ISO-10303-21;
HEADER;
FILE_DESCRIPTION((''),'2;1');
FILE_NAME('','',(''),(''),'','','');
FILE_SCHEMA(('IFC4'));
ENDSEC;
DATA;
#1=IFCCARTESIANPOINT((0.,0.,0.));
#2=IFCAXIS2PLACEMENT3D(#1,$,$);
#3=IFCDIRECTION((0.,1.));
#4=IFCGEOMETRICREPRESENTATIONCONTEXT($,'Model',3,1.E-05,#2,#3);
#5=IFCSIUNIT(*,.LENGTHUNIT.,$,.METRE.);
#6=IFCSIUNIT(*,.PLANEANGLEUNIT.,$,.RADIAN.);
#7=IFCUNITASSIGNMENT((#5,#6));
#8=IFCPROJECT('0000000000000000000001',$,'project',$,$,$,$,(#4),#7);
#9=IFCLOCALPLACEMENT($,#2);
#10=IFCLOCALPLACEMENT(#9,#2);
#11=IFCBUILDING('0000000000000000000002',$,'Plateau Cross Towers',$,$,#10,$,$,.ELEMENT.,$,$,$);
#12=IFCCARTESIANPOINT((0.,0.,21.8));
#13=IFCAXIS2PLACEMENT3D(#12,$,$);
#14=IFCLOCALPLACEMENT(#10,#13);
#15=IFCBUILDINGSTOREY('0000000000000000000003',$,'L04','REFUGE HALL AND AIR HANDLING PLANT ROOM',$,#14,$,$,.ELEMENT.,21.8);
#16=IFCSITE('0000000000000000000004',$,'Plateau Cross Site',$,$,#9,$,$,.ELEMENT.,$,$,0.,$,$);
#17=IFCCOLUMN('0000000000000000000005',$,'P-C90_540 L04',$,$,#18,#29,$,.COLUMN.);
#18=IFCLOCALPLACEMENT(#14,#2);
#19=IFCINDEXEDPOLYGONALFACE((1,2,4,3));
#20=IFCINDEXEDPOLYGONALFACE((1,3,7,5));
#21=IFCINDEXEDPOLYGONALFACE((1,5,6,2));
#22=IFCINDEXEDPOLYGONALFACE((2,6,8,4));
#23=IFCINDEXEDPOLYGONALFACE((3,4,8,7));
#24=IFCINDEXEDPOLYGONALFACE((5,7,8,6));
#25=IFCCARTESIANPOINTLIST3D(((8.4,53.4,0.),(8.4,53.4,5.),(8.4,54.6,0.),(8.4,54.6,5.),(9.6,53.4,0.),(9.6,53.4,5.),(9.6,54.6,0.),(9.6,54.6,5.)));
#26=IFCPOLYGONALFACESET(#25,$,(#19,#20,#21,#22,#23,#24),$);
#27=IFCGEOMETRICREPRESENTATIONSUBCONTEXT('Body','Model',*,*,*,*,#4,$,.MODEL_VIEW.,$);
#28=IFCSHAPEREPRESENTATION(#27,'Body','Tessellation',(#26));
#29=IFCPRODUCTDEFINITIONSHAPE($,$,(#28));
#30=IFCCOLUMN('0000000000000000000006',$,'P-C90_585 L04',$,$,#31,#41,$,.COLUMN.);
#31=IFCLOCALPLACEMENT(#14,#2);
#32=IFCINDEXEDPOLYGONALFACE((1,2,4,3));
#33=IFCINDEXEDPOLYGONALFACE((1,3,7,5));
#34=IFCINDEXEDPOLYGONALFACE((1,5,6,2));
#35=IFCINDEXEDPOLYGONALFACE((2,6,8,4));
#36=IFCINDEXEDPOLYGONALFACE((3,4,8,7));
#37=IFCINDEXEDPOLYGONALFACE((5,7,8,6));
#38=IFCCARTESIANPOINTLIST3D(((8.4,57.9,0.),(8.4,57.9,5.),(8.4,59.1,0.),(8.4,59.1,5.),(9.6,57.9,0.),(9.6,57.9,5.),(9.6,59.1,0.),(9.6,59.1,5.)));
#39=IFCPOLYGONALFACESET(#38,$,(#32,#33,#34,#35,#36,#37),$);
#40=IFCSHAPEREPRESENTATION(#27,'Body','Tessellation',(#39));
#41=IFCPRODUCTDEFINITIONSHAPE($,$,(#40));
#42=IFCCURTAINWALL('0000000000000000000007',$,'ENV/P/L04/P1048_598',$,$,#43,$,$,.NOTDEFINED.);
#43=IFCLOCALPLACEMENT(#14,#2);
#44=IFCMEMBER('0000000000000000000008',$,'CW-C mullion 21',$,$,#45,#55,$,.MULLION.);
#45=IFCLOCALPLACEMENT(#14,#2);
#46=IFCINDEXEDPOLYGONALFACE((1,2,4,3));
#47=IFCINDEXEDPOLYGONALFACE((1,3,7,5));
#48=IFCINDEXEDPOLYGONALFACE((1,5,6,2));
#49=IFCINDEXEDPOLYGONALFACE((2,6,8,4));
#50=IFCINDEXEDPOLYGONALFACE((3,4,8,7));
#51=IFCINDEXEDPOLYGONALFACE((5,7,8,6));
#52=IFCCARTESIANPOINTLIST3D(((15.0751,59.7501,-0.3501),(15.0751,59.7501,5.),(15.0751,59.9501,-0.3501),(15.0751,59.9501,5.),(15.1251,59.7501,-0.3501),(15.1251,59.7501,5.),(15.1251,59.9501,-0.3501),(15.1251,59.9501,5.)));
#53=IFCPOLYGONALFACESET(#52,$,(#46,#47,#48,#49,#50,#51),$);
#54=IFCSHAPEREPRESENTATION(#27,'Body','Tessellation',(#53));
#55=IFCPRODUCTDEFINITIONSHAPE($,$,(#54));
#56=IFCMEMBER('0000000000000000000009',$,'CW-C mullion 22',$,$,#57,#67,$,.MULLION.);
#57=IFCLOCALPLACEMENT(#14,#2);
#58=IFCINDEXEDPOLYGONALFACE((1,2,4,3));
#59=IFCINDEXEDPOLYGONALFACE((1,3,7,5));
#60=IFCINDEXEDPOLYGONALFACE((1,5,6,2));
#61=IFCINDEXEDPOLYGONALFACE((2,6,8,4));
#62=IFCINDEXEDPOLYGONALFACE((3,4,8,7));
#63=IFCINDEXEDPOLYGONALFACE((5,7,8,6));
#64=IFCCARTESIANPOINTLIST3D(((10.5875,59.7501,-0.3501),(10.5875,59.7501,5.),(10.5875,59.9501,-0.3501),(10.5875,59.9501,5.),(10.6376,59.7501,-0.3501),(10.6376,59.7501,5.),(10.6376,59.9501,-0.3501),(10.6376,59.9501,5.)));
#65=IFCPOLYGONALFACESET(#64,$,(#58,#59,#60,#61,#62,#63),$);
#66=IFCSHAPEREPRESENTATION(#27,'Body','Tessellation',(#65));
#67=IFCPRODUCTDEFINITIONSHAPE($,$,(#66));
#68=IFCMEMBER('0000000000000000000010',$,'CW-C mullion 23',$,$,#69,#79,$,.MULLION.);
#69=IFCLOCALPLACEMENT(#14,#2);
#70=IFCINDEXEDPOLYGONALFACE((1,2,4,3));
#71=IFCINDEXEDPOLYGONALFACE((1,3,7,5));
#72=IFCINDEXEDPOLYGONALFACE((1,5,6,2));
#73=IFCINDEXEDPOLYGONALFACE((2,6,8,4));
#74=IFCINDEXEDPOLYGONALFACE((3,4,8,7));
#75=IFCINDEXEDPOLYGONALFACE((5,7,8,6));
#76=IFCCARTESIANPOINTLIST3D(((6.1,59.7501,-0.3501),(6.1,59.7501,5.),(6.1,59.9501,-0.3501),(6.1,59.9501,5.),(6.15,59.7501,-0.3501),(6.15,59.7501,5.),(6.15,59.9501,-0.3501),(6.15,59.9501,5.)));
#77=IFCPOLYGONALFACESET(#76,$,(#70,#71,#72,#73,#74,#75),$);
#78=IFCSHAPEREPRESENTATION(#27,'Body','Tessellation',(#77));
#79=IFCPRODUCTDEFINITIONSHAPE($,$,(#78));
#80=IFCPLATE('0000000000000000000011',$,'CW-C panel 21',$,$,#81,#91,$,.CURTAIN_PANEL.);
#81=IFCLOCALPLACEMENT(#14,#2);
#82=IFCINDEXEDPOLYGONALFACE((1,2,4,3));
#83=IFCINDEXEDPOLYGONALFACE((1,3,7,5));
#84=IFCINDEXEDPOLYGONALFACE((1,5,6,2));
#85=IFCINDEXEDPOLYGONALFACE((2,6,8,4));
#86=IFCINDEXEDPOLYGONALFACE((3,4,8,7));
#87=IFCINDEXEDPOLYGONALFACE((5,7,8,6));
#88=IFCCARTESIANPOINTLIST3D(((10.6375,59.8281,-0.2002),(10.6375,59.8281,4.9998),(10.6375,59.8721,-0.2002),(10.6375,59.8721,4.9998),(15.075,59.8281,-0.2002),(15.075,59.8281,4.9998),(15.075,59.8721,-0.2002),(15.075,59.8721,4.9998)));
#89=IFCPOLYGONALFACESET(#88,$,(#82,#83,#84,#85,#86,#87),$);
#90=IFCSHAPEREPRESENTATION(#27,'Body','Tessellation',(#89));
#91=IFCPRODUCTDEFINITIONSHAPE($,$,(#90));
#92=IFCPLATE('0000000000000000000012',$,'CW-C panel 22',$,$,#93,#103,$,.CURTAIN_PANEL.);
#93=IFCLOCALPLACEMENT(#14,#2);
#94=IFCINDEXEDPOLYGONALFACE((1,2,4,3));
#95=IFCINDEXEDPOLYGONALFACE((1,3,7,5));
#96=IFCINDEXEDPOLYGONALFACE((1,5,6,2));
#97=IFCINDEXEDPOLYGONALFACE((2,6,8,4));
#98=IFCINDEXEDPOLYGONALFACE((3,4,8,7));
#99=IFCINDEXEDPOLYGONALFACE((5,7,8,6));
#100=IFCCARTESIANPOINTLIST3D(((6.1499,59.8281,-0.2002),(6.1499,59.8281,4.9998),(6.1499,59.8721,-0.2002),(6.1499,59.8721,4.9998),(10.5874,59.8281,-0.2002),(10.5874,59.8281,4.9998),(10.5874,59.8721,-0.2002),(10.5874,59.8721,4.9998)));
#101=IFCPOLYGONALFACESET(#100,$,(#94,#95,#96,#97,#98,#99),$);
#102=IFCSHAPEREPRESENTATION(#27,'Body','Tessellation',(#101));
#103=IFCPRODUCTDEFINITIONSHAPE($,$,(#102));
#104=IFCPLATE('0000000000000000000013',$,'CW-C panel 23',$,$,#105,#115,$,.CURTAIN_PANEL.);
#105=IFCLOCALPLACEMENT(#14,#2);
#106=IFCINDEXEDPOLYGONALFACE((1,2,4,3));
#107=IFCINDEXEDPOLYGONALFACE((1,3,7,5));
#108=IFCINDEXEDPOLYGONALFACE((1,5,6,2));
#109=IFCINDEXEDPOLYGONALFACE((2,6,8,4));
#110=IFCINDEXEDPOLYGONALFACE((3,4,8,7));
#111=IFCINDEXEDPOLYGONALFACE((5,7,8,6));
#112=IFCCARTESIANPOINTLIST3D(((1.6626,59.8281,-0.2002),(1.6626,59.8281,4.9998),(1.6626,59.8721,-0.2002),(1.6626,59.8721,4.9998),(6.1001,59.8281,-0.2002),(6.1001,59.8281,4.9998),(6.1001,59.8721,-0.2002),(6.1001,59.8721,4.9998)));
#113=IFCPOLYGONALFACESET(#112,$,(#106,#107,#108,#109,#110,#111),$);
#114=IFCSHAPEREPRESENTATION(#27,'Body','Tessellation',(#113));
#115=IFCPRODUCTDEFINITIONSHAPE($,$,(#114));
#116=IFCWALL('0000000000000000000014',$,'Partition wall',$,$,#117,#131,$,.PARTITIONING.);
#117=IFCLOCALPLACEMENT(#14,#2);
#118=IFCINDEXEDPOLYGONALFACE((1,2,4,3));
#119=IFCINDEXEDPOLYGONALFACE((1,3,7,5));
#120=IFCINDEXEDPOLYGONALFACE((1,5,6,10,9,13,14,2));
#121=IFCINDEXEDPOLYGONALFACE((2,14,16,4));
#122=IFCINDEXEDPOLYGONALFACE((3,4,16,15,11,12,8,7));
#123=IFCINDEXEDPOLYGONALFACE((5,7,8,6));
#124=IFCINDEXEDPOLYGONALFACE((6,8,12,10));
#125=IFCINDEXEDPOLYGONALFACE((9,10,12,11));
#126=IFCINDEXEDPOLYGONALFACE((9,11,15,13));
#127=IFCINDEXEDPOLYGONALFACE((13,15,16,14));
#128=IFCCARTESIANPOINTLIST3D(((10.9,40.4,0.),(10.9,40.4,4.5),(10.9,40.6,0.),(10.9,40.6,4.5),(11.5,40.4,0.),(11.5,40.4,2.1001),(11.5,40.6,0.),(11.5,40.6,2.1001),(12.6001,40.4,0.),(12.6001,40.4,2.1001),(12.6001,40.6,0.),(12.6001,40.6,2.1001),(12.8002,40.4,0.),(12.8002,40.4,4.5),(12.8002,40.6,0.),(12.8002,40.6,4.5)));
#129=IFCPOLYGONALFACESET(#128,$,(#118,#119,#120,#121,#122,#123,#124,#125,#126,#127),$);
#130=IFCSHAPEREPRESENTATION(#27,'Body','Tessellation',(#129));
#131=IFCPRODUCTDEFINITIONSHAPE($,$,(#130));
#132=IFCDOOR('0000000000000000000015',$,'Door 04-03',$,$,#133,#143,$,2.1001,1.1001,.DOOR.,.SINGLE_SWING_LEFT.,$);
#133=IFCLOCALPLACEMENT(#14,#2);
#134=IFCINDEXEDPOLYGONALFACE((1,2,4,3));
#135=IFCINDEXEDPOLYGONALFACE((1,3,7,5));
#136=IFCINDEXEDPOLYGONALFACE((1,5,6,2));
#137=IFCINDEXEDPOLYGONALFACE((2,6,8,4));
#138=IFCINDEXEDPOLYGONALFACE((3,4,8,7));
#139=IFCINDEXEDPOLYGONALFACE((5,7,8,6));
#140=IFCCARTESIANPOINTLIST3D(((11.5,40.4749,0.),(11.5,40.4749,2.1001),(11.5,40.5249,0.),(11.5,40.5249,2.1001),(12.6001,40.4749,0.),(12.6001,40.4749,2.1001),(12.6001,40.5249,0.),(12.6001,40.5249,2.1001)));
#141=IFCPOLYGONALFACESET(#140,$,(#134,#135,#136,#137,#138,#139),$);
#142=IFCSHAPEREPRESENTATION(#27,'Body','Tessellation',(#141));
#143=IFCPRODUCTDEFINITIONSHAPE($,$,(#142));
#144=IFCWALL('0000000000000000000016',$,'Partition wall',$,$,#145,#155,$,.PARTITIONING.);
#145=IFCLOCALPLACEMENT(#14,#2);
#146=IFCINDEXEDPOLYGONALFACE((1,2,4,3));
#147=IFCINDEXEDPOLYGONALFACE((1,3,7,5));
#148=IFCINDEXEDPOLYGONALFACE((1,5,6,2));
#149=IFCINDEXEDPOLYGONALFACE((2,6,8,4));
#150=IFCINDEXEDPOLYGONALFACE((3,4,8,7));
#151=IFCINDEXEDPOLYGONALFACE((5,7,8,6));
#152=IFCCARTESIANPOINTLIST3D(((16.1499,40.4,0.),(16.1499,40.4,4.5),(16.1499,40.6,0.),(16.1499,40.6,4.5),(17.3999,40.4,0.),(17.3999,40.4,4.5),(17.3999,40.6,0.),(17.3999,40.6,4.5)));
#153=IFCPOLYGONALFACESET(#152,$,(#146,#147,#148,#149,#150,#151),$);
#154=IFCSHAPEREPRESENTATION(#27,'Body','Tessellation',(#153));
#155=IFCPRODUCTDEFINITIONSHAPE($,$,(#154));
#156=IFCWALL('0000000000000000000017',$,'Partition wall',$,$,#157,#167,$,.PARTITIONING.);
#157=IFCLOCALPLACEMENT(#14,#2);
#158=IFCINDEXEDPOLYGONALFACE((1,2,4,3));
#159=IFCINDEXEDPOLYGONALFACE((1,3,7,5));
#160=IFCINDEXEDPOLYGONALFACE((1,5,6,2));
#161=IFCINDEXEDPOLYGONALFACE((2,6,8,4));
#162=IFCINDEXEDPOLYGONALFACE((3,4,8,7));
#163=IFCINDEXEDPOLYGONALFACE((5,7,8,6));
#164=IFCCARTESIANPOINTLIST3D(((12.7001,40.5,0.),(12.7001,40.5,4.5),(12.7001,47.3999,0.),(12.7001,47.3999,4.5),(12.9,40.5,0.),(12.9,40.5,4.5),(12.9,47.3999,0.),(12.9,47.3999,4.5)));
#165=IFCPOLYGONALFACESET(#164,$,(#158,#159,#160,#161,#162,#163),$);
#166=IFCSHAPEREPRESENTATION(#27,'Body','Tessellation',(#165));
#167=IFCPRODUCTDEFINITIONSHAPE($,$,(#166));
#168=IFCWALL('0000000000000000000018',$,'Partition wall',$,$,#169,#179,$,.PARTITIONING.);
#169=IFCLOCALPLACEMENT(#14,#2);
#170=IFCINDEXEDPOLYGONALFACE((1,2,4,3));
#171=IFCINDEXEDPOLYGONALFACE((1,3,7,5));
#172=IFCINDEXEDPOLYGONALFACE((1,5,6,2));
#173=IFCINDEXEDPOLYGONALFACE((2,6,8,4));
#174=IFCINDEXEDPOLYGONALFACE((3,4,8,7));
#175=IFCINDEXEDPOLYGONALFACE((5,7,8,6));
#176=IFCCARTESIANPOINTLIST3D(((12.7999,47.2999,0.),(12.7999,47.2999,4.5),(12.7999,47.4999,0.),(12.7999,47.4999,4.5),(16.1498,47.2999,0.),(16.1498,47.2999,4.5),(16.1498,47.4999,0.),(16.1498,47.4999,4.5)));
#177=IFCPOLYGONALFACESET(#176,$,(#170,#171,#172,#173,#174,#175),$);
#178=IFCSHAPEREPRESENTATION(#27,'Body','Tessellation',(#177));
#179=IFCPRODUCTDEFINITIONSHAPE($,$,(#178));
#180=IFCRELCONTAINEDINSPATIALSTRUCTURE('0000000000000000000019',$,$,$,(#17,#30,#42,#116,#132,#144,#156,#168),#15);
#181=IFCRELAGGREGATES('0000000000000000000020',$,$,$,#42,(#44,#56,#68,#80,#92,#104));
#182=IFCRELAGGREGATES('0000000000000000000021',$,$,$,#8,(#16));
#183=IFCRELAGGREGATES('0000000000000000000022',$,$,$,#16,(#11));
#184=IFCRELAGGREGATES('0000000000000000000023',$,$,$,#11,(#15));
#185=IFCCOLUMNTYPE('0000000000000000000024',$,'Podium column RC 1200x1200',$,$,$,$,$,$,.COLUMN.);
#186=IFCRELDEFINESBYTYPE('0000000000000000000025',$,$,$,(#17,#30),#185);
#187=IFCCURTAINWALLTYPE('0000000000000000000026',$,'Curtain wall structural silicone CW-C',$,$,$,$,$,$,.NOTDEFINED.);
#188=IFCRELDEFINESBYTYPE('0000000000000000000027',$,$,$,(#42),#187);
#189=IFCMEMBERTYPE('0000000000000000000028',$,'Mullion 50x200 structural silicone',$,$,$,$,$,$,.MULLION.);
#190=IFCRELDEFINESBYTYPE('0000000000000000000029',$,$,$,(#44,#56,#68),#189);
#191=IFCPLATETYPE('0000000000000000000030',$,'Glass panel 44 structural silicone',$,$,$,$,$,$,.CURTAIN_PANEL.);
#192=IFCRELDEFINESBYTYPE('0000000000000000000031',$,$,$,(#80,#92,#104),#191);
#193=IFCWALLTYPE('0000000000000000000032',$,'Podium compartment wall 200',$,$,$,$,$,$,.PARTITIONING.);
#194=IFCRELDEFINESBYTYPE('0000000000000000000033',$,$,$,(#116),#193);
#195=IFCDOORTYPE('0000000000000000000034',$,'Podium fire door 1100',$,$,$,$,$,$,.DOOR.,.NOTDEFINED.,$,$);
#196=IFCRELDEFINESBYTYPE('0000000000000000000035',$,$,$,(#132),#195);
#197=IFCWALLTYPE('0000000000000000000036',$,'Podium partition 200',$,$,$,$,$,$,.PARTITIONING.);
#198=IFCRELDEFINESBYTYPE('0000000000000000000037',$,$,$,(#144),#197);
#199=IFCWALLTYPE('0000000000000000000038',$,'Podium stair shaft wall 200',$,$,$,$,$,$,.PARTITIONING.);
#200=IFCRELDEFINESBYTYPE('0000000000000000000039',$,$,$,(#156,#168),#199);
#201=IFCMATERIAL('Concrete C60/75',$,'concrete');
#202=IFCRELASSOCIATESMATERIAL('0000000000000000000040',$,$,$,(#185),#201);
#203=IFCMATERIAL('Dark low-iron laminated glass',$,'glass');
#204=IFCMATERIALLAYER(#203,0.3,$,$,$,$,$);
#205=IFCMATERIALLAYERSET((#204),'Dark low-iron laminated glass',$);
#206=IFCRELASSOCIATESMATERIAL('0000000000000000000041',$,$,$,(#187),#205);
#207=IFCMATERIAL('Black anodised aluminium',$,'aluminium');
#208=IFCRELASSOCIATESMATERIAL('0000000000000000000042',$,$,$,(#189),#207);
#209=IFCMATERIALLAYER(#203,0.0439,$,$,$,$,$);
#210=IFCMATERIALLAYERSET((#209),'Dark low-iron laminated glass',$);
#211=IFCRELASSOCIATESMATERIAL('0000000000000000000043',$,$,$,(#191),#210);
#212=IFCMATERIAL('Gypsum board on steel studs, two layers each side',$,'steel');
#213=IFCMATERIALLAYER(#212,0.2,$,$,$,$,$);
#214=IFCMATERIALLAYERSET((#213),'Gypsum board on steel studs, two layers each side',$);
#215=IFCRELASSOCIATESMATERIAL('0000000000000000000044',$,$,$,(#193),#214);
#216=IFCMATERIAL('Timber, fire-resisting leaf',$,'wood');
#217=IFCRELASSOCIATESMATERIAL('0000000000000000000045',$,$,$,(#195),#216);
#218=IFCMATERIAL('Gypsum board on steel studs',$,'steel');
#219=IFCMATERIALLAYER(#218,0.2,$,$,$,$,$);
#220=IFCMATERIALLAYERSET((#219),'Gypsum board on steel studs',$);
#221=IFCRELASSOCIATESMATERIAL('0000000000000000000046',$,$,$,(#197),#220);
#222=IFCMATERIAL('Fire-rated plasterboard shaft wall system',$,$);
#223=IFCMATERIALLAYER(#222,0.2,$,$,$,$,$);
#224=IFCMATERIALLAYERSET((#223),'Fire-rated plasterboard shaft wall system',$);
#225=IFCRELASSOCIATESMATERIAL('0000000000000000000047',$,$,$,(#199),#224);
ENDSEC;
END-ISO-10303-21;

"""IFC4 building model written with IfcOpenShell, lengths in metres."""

from ifc_helpers import new_model, si_unit, direction, frame, frame_2d, origin, origin_2d, place, context, subcontext, project, spatial, rectangle, extrude, material, layer, layer_set, material_profile, profile_set, type_object, element, fill, aggregate, save


model = new_model("IFC4")

# Units and contexts
model_context = context("Model", 3, precision=1e-05, world=origin(), true_north=direction((0.0, 1.0)))
body_context = subcontext(model_context, "Body", "Model", "MODEL_VIEW")
ifc_project = project(units=[si_unit("LENGTHUNIT", "METRE"), si_unit("PLANEANGLEUNIT", "RADIAN")], contexts=[model_context])

# Site, building, storey
site_placement = place(None, origin())
site = spatial("IfcSite", under=ifc_project, at=site_placement, Name="Plateau Cross Site", CompositionType="ELEMENT", RefElevation=0.0)
building_placement = place(site_placement, origin())
building = spatial("IfcBuilding", under=site, at=building_placement, Name="Plateau Cross Towers", CompositionType="ELEMENT")
storey_placement = place(building_placement, frame((0.0, 0.0, 21.8)))
storey = spatial("IfcBuildingStorey", under=building, at=storey_placement, Name="L04", Description="REFUGE HALL AND AIR HANDLING PLANT ROOM", CompositionType="ELEMENT", Elevation=21.8)

# Columns
ifc_material_1 = material(Name="Concrete C60/75", Category="concrete")
ifc_material_profile_1 = material_profile(ifc_material_1, rectangle(XDim=1.2, YDim=1.2, at=origin_2d()), Name="RC 1200x1200")
ifc_profile_set_1 = profile_set([ifc_material_profile_1], Name="Concrete C60/75")
column_type = type_object("IfcColumnType", Name="Podium column RC 1200x1200", PredefinedType="COLUMN", material=ifc_profile_set_1)
for number, where, z_axis, x_axis, name in (
    (1, (9.0, 54.0, 0.0), (0.0, 0.0, 1.0), (1.0, 0.0, 0.0), "P-C90_540 L04"),
    (2, (9.0, 58.5, 0.0), (0.0, 0.0, 1.0), (1.0, 0.0, 0.0), "P-C90_585 L04"),
):
    element("IfcColumn", number, at=place(storey_placement, frame(where, z_axis=z_axis, x_axis=x_axis)), inside=storey, type_object=column_type, Name=name, PredefinedType="COLUMN", context=body_context, shape_type="SweptSolid", body=[
        extrude(rectangle(XDim=1.2, YDim=1.2, at=origin_2d()), origin(), (0.0, 0.0, 1.0), 5.0),
    ])

# Curtain wall, members, plates
ifc_material_2 = material(Name="Dark low-iron laminated glass", Category="glass")
ifc_layer_1 = layer(ifc_material_2, 0.3)
ifc_layer_set_1 = layer_set([ifc_layer_1], Name="Dark low-iron laminated glass")
curtain_wall_type = type_object("IfcCurtainWallType", Name="Curtain wall structural silicone CW-C", PredefinedType="NOTDEFINED", material=ifc_layer_set_1)
curtain_wall_placement = place(storey_placement, origin())
curtain_wall = element("IfcCurtainWall", 3, at=curtain_wall_placement, inside=storey, type_object=curtain_wall_type, Name="ENV/P/L04/P1048_598", PredefinedType="NOTDEFINED")
ifc_material_3 = material(Name="Black anodised aluminium", Category="aluminium")
ifc_material_profile_2 = material_profile(ifc_material_3, rectangle(XDim=0.05, YDim=0.2, at=origin_2d()), Name="MULLION 50x200")
ifc_profile_set_2 = profile_set([ifc_material_profile_2], Name="Black anodised aluminium")
member_type = type_object("IfcMemberType", Name="Mullion 50x200 structural silicone", PredefinedType="MULLION", material=ifc_profile_set_2)
member_1_placement = place(storey_placement, frame((15.1001, 59.8501, -0.3501), z_axis=(0.0, 0.0, 1.0), x_axis=(-1.0, 0.0, 0.0)))
member_1 = element("IfcMember", 4, at=member_1_placement, type_object=member_type, Name="CW-C mullion 21", PredefinedType="MULLION", context=body_context, shape_type="SweptSolid", body=[
    extrude(rectangle(XDim=0.05, YDim=0.2, at=origin_2d()), origin(), (0.0, 0.0, 1.0), 5.3501),
])
member_2_placement = place(storey_placement, frame((10.6125, 59.8501, -0.3501), z_axis=(0.0, 0.0, 1.0), x_axis=(-1.0, 0.0, 0.0)))
member_2 = element("IfcMember", 5, at=member_2_placement, type_object=member_type, Name="CW-C mullion 22", PredefinedType="MULLION", context=body_context, shape_type="SweptSolid", body=[
    extrude(rectangle(XDim=0.05, YDim=0.2, at=origin_2d()), origin(), (0.0, 0.0, 1.0), 5.3501),
])
member_3_placement = place(storey_placement, frame((6.125, 59.8501, -0.3501), z_axis=(0.0, 0.0, 1.0), x_axis=(-1.0, 0.0, 0.0)))
member_3 = element("IfcMember", 6, at=member_3_placement, type_object=member_type, Name="CW-C mullion 23", PredefinedType="MULLION", context=body_context, shape_type="SweptSolid", body=[
    extrude(rectangle(XDim=0.05, YDim=0.2, at=origin_2d()), origin(), (0.0, 0.0, 1.0), 5.3501),
])
ifc_layer_2 = layer(ifc_material_2, 0.0439)
ifc_layer_set_2 = layer_set([ifc_layer_2], Name="Dark low-iron laminated glass")
plate_type = type_object("IfcPlateType", Name="Glass panel 44 structural silicone", PredefinedType="CURTAIN_PANEL", material=ifc_layer_set_2)
plate_1_placement = place(storey_placement, frame((12.8562, 59.8501, -0.2002), z_axis=(0.0, 0.0, 1.0), x_axis=(-1.0, 0.0, 0.0)))
plate_1 = element("IfcPlate", 7, at=plate_1_placement, type_object=plate_type, Name="CW-C panel 21", PredefinedType="CURTAIN_PANEL", context=body_context, shape_type="SweptSolid", body=[
    extrude(rectangle(XDim=4.4375, YDim=0.0439, at=origin_2d()), origin(), (0.0, 0.0, 1.0), 5.2),
])
plate_2_placement = place(storey_placement, frame((8.3687, 59.8501, -0.2002), z_axis=(0.0, 0.0, 1.0), x_axis=(-1.0, 0.0, 0.0)))
plate_2 = element("IfcPlate", 8, at=plate_2_placement, type_object=plate_type, Name="CW-C panel 22", PredefinedType="CURTAIN_PANEL", context=body_context, shape_type="SweptSolid", body=[
    extrude(rectangle(XDim=4.4375, YDim=0.0439, at=origin_2d()), origin(), (0.0, 0.0, 1.0), 5.2),
])
plate_3_placement = place(storey_placement, frame((3.8813, 59.8501, -0.2002), z_axis=(0.0, 0.0, 1.0), x_axis=(-1.0, 0.0, 0.0)))
plate_3 = element("IfcPlate", 9, at=plate_3_placement, type_object=plate_type, Name="CW-C panel 23", PredefinedType="CURTAIN_PANEL", context=body_context, shape_type="SweptSolid", body=[
    extrude(rectangle(XDim=4.4375, YDim=0.0439, at=origin_2d()), origin(), (0.0, 0.0, 1.0), 5.2),
])
aggregate(curtain_wall, [member_1, member_2, member_3, plate_1, plate_2, plate_3])

# Wall, opening, door
ifc_material_4 = material(Name="Gypsum board on steel studs, two layers each side", Category="steel")
ifc_layer_3 = layer(ifc_material_4, 0.2)
ifc_layer_set_3 = layer_set([ifc_layer_3], Name="Gypsum board on steel studs, two layers each side")
wall_type_1 = type_object("IfcWallType", Name="Podium compartment wall 200", PredefinedType="PARTITIONING", material=ifc_layer_set_3)
wall_1_placement = place(storey_placement, frame((10.8999, 40.5, 0.0), z_axis=(0.0, 0.0, 1.0), x_axis=(1.0, 0.0, 0.0)))
wall_1 = element("IfcWall", 10, at=wall_1_placement, inside=storey, type_object=wall_type_1, Name="Partition wall", PredefinedType="PARTITIONING", context=body_context, shape_type="SweptSolid", body=[
    extrude(rectangle(XDim=1.9001, YDim=0.2, at=frame_2d((0.9502, 0.0))), origin(), (0.0, 0.0, 1.0), 4.5),
])
opening_1_placement = place(wall_1_placement, frame((0.6001, 0.0, 0.0)))
opening_1 = element("IfcOpeningElement", 11, at=opening_1_placement, cuts=wall_1, PredefinedType="OPENING", context=body_context, shape_type="SweptSolid", body=[
    extrude(rectangle(XDim=1.1001, YDim=2.1001, at=frame_2d((0.55, 1.05))), frame((0.0, 0.1099, 0.0), z_axis=(0.0, -1.0, 0.0), x_axis=(1.0, 0.0, 0.0)), (0.0, 0.0, 1.0), 0.22),
])
ifc_material_5 = material(Name="Timber, fire-resisting leaf", Category="wood")
door_type_1 = type_object("IfcDoorType", Name="Podium fire door 1100", OperationType="NOTDEFINED", PredefinedType="DOOR", material=ifc_material_5)
door_1_placement = place(opening_1_placement, origin())
door_1 = element("IfcDoor", 12, at=door_1_placement, inside=storey, type_object=door_type_1, Name="Door 04-03", OperationType="SINGLE_SWING_LEFT", OverallHeight=2.1001, OverallWidth=1.1001, PredefinedType="DOOR", context=body_context, shape_type="SweptSolid", body=[
    extrude(rectangle(XDim=1.1001, YDim=2.1001, at=frame_2d((0.55, 1.05))), frame((0.0, 0.0249, 0.0), z_axis=(0.0, -1.0, 0.0), x_axis=(1.0, 0.0, 0.0)), (0.0, 0.0, 1.0), 0.05),
])
fill(opening_1, door_1)

# Walls
ifc_material_6 = material(Name="Gypsum board on steel studs", Category="steel")
ifc_layer_4 = layer(ifc_material_6, 0.2)
ifc_layer_set_4 = layer_set([ifc_layer_4], Name="Gypsum board on steel studs")
wall_type_2 = type_object("IfcWallType", Name="Podium partition 200", PredefinedType="PARTITIONING", material=ifc_layer_set_4)
wall_2_placement = place(storey_placement, frame((16.1499, 40.5, 0.0), z_axis=(0.0, 0.0, 1.0), x_axis=(1.0, 0.0, 0.0)))
element("IfcWall", 13, at=wall_2_placement, inside=storey, type_object=wall_type_2, Name="Partition wall", PredefinedType="PARTITIONING", context=body_context, shape_type="SweptSolid", body=[
    extrude(rectangle(XDim=1.25, YDim=0.2, at=frame_2d((0.625, 0.0))), origin(), (0.0, 0.0, 1.0), 4.5),
])
ifc_material_7 = material(Name="Fire-rated plasterboard shaft wall system")
ifc_layer_5 = layer(ifc_material_7, 0.2)
ifc_layer_set_5 = layer_set([ifc_layer_5], Name="Fire-rated plasterboard shaft wall system")
wall_type_3 = type_object("IfcWallType", Name="Podium stair shaft wall 200", PredefinedType="PARTITIONING", material=ifc_layer_set_5)
wall_3_placement = place(storey_placement, frame((12.8, 40.5, 0.0), z_axis=(0.0, 0.0, 1.0), x_axis=(0.0, 1.0, 0.0)))
element("IfcWall", 14, at=wall_3_placement, inside=storey, type_object=wall_type_3, Name="Partition wall", PredefinedType="PARTITIONING", context=body_context, shape_type="SweptSolid", body=[
    extrude(rectangle(XDim=6.8999, YDim=0.2, at=frame_2d((3.45, 0.0))), origin(), (0.0, 0.0, 1.0), 4.5),
])
wall_4_placement = place(storey_placement, frame((12.8, 47.3999, 0.0), z_axis=(0.0, 0.0, 1.0), x_axis=(1.0, 0.0, 0.0)))
element("IfcWall", 15, at=wall_4_placement, inside=storey, type_object=wall_type_3, Name="Partition wall", PredefinedType="PARTITIONING", context=body_context, shape_type="SweptSolid", body=[
    extrude(rectangle(XDim=3.3499, YDim=0.2, at=frame_2d((1.6748, 0.0))), origin(), (0.0, 0.0, 1.0), 4.5),
])

save(model, "model.ifc")
